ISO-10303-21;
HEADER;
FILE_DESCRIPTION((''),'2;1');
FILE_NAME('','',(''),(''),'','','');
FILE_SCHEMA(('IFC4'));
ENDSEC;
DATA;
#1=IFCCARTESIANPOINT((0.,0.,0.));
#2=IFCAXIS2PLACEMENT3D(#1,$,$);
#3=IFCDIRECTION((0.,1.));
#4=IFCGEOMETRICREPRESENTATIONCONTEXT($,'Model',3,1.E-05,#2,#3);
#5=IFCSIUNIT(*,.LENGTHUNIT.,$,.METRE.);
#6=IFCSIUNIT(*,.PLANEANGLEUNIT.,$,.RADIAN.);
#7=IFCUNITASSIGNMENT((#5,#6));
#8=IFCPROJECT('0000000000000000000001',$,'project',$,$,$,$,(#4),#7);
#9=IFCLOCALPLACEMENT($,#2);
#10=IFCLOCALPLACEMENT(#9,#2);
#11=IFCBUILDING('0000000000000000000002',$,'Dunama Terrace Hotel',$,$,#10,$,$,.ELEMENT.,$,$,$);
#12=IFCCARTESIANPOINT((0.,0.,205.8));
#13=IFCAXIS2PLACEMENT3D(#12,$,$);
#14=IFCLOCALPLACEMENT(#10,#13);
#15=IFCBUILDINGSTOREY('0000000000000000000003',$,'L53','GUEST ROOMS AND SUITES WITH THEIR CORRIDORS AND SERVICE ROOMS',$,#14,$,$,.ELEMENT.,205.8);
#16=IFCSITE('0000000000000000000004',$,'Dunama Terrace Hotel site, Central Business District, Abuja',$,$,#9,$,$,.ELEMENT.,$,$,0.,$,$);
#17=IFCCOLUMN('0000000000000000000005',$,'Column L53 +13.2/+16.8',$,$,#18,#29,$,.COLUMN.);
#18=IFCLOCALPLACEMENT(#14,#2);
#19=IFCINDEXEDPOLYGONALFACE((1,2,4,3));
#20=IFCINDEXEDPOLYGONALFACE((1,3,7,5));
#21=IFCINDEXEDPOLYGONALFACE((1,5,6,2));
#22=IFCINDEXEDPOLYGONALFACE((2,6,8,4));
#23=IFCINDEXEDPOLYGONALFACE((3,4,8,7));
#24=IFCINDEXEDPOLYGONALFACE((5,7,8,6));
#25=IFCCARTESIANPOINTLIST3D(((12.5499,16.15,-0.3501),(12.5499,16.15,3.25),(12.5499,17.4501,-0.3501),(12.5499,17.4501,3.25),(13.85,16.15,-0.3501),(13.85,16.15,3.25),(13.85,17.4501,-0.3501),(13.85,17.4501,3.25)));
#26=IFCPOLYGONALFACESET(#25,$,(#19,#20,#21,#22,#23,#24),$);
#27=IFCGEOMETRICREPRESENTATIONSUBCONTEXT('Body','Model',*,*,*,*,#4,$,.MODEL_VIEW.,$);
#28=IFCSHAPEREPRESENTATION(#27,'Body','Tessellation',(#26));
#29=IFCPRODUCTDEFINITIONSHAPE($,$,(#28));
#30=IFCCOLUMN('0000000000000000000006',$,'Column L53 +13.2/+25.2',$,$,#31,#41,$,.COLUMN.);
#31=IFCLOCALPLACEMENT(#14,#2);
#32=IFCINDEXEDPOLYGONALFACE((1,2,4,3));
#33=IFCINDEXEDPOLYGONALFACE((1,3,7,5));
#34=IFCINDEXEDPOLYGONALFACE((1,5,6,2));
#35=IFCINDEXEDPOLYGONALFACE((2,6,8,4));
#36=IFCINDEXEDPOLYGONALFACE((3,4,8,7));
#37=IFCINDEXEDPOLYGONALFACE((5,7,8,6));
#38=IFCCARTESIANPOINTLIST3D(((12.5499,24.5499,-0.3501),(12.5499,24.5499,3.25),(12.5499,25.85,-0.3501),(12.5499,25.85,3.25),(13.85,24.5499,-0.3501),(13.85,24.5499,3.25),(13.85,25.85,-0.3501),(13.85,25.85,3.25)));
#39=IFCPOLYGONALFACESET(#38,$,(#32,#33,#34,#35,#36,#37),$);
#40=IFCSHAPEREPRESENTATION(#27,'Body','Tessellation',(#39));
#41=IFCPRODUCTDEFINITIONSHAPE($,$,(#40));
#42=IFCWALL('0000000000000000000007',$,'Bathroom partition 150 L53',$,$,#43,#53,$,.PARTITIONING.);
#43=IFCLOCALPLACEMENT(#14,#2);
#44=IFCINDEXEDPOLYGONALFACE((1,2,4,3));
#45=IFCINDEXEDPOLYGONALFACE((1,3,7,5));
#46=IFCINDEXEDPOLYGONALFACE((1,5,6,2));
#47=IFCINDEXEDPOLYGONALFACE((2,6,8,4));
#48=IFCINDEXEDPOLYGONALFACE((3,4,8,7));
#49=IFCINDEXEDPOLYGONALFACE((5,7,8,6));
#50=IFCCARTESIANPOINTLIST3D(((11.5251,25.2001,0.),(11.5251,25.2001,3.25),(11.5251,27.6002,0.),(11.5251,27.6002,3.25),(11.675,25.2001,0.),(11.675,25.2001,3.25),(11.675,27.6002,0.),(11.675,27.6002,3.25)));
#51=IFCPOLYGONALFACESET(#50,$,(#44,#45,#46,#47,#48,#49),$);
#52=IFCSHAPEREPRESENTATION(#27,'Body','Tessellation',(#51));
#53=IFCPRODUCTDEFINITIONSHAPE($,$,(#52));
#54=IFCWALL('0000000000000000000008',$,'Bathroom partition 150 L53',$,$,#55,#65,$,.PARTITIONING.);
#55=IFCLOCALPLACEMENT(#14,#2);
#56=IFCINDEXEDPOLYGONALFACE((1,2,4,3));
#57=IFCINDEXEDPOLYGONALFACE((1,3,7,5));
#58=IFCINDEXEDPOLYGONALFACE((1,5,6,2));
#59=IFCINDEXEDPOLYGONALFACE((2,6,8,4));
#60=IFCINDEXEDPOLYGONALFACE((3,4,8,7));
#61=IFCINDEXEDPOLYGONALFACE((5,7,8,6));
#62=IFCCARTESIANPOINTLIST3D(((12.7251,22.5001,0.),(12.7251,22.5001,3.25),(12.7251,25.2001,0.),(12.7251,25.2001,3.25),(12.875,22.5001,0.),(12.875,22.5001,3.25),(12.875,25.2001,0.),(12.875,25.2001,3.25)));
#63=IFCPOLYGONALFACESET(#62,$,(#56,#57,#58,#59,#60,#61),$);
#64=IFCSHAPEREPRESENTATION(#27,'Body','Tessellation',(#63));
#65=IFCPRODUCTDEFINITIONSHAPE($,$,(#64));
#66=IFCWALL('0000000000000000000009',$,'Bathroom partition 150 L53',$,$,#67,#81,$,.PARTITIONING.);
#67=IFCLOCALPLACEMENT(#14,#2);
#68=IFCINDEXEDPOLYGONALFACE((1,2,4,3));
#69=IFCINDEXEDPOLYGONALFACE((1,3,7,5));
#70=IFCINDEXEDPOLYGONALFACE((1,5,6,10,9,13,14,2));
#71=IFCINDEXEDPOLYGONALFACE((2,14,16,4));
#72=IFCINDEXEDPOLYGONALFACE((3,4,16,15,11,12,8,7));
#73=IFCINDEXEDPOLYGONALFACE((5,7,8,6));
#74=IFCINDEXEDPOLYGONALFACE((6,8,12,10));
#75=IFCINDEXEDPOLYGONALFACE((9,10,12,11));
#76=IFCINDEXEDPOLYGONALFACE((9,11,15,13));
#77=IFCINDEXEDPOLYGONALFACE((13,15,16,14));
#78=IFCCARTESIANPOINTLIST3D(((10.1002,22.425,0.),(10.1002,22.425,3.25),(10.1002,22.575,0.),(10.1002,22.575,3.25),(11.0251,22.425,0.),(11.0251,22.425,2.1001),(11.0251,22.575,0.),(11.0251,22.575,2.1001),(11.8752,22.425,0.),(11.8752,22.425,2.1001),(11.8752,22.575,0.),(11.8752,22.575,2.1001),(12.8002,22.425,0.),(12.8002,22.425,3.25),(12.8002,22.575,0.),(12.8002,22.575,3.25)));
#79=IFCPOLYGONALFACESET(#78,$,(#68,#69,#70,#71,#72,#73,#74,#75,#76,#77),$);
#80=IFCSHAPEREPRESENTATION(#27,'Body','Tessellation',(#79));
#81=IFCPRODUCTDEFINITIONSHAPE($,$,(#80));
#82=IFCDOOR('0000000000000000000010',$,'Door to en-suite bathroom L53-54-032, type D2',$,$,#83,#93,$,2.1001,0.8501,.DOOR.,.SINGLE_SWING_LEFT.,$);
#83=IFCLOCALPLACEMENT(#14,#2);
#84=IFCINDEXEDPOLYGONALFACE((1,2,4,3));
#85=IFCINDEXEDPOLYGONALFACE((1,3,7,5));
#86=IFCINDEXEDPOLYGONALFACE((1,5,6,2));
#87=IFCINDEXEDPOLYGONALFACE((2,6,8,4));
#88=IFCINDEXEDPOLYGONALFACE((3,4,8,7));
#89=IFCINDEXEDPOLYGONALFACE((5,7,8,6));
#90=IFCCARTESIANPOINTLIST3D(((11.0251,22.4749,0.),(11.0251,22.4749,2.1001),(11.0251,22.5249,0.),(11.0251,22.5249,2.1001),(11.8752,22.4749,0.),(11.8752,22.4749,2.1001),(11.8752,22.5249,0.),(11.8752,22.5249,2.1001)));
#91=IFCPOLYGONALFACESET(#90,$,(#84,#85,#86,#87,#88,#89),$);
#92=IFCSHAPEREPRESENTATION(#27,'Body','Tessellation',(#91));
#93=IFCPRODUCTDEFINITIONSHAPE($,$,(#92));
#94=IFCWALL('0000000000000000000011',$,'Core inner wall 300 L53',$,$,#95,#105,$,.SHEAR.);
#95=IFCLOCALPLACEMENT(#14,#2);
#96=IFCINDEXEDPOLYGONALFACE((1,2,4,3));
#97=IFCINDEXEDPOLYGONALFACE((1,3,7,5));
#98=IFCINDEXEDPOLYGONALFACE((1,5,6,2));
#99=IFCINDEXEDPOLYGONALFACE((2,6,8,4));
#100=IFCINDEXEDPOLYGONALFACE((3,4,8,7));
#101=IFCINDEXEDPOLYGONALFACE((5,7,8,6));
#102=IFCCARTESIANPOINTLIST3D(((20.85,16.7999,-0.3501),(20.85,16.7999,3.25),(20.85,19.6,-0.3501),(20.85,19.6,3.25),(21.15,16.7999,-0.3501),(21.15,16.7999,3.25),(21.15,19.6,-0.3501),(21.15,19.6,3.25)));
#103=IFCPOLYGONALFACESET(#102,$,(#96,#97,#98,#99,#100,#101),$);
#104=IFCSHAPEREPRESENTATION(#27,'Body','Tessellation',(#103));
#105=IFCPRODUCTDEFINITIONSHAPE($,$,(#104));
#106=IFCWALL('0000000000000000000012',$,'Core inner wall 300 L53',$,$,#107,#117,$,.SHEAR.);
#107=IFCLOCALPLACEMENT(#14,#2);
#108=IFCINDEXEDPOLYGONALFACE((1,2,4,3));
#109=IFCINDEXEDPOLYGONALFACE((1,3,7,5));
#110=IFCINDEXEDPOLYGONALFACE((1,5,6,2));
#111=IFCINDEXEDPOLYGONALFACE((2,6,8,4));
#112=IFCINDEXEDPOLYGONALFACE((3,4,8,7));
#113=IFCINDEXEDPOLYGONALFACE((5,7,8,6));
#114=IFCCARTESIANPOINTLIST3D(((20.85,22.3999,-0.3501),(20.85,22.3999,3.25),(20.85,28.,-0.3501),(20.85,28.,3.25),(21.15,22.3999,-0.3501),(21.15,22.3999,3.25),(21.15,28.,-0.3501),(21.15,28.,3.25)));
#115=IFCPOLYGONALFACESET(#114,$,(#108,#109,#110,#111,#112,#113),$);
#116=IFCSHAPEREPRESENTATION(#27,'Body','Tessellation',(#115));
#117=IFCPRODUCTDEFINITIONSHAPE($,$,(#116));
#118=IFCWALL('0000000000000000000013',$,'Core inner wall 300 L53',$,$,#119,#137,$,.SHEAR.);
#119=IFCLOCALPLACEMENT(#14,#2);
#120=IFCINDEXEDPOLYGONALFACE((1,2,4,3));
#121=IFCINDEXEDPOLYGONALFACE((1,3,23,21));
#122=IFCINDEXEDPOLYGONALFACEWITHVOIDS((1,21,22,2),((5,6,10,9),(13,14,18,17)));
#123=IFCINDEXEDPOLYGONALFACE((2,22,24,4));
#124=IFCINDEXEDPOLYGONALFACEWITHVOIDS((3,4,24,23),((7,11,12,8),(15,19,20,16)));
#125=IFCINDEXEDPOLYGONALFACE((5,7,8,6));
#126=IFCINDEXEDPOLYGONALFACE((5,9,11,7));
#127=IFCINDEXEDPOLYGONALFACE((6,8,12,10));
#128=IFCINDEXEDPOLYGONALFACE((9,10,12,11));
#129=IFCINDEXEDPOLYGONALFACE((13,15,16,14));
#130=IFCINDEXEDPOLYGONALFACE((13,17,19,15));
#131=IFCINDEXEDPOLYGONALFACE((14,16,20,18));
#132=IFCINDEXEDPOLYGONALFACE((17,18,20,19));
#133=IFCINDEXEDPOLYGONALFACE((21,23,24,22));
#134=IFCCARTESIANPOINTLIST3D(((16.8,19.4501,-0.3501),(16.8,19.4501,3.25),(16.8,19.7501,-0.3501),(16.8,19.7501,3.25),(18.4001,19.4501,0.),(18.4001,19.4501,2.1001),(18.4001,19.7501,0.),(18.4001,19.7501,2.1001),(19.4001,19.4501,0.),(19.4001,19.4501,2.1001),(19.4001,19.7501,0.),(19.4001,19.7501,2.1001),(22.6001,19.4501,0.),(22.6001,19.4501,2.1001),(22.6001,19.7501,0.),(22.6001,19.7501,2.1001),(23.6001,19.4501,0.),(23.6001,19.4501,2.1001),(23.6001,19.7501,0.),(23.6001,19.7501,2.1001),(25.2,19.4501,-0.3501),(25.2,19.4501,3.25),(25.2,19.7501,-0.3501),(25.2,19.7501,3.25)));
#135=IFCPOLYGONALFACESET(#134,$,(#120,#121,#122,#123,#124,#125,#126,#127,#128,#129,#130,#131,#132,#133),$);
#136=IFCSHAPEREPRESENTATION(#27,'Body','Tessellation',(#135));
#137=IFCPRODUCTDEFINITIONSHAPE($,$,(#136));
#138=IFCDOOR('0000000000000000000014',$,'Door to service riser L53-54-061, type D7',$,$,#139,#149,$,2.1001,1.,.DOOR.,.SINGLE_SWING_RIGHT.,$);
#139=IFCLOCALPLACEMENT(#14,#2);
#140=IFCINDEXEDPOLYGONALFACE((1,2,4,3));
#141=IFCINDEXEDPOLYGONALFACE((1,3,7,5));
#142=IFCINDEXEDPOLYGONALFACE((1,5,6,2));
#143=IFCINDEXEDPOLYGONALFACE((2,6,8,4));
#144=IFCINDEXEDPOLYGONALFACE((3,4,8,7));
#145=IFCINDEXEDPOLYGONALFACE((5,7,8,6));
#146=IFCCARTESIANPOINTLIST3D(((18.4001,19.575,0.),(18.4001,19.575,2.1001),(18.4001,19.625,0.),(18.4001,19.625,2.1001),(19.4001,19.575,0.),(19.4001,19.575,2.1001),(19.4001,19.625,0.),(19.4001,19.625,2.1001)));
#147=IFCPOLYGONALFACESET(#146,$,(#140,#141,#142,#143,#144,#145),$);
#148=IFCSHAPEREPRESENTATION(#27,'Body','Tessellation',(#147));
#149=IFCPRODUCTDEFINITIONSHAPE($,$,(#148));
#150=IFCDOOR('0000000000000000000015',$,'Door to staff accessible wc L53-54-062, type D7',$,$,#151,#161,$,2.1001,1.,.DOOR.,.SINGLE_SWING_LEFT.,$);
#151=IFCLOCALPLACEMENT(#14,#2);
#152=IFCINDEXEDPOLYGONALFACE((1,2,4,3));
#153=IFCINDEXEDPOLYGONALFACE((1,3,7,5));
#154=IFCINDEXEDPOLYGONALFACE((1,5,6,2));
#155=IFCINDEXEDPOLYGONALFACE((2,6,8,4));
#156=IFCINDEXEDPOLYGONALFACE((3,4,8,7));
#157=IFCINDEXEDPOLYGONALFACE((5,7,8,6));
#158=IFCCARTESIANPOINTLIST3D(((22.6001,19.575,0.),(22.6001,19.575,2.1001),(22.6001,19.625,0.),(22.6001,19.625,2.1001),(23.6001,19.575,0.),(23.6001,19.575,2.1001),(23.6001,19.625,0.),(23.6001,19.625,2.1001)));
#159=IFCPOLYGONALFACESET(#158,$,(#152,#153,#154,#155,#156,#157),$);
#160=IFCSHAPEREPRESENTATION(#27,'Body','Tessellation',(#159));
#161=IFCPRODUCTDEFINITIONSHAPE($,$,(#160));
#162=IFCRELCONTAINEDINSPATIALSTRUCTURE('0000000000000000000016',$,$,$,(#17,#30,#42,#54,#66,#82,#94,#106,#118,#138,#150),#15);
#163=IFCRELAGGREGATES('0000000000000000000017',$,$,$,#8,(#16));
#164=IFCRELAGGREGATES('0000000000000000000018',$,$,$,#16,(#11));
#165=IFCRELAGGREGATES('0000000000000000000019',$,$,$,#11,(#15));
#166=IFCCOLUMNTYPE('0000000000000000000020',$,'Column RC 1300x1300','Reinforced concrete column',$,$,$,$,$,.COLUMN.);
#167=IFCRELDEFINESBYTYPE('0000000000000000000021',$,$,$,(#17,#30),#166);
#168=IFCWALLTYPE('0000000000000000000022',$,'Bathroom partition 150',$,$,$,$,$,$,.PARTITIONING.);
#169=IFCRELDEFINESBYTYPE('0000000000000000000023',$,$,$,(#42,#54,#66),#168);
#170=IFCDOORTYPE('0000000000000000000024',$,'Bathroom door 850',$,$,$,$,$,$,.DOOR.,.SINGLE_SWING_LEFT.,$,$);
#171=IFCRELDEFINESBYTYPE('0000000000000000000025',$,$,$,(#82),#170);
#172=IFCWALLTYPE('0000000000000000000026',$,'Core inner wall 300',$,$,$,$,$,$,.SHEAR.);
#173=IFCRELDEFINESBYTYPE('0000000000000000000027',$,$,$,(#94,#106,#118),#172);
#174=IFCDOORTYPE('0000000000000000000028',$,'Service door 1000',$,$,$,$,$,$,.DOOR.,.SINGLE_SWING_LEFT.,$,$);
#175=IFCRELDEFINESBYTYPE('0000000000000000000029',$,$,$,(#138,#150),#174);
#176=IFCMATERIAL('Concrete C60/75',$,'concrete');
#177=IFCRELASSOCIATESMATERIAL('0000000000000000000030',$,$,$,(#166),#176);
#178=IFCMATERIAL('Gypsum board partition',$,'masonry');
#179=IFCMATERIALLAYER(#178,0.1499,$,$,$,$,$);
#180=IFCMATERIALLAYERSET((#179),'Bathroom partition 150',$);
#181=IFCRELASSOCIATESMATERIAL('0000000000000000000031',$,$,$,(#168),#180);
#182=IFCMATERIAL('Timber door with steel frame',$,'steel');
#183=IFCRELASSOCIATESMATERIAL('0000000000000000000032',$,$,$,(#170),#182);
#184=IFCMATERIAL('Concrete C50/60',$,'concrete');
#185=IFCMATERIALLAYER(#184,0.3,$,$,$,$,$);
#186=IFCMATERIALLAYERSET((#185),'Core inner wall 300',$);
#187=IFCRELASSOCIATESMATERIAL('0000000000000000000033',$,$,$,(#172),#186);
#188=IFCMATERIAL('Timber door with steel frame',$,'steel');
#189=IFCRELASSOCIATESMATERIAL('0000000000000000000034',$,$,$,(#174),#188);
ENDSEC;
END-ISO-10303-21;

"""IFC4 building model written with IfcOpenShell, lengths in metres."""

from ifc_helpers import new_model, si_unit, direction, frame, frame_2d, origin, origin_2d, place, context, subcontext, project, spatial, rectangle, extrude, material, layer, layer_set, material_profile, profile_set, type_object, element, fill, save


model = new_model("IFC4")

# Units and contexts
model_context = context("Model", 3, precision=1e-05, world=origin(), true_north=direction((0.0, 1.0)))
body_context = subcontext(model_context, "Body", "Model", "MODEL_VIEW")
ifc_project = project(units=[si_unit("LENGTHUNIT", "METRE"), si_unit("PLANEANGLEUNIT", "RADIAN")], contexts=[model_context])

# Site, building, storey
site_placement = place(None, origin())
site = spatial("IfcSite", under=ifc_project, at=site_placement, Name="Dunama Terrace Hotel site, Central Business District, Abuja", CompositionType="ELEMENT", RefElevation=0.0)
building_placement = place(site_placement, origin())
building = spatial("IfcBuilding", under=site, at=building_placement, Name="Dunama Terrace Hotel", CompositionType="ELEMENT")
storey_placement = place(building_placement, frame((0.0, 0.0, 205.8)))
storey = spatial("IfcBuildingStorey", under=building, at=storey_placement, Name="L53", Description="GUEST ROOMS AND SUITES WITH THEIR CORRIDORS AND SERVICE ROOMS", CompositionType="ELEMENT", Elevation=205.8)

# Columns
ifc_material_1 = material(Name="Concrete C60/75", Category="concrete")
ifc_material_profile = material_profile(ifc_material_1, rectangle(XDim=1.3, YDim=1.3, at=origin_2d()), Name="RC 1300x1300")
ifc_profile_set = profile_set([ifc_material_profile], Name="Concrete C60/75")
column_type = type_object("IfcColumnType", Name="Column RC 1300x1300", Description="Reinforced concrete column", PredefinedType="COLUMN", material=ifc_profile_set)
for number, where, z_axis, x_axis, name in (
    (1, (13.2, 16.8, -0.3501), (0.0, 0.0, 1.0), (1.0, 0.0, 0.0), "Column L53 +13.2/+16.8"),
    (2, (13.2, 25.2, -0.3501), (0.0, 0.0, 1.0), (1.0, 0.0, 0.0), "Column L53 +13.2/+25.2"),
):
    element("IfcColumn", number, at=place(storey_placement, frame(where, z_axis=z_axis, x_axis=x_axis)), inside=storey, type_object=column_type, Name=name, PredefinedType="COLUMN", context=body_context, shape_type="SweptSolid", body=[
        extrude(rectangle(XDim=1.3, YDim=1.3, at=origin_2d()), origin(), (0.0, 0.0, 1.0), 3.6001),
    ])

# Walls
ifc_material_2 = material(Name="Gypsum board partition", Category="masonry")
ifc_layer_1 = layer(ifc_material_2, 0.1499)
ifc_layer_set_1 = layer_set([ifc_layer_1], Name="Bathroom partition 150")
wall_type_1 = type_object("IfcWallType", Name="Bathroom partition 150", PredefinedType="PARTITIONING", material=ifc_layer_set_1)
wall_1_placement = place(storey_placement, frame((11.6001, 25.2, 0.0), z_axis=(0.0, 0.0, 1.0), x_axis=(0.0, 1.0, 0.0)))
element("IfcWall", 3, at=wall_1_placement, inside=storey, type_object=wall_type_1, Name="Bathroom partition 150 L53", PredefinedType="PARTITIONING", context=body_context, shape_type="SweptSolid", body=[
    extrude(rectangle(XDim=2.4001, YDim=0.1499, at=frame_2d((1.2002, 0.0))), origin(), (0.0, 0.0, 1.0), 3.25),
])
wall_2_placement = place(storey_placement, frame((12.8, 22.5, 0.0), z_axis=(0.0, 0.0, 1.0), x_axis=(0.0, 1.0, 0.0)))
element("IfcWall", 4, at=wall_2_placement, inside=storey, type_object=wall_type_1, Name="Bathroom partition 150 L53", PredefinedType="PARTITIONING", context=body_context, shape_type="SweptSolid", body=[
    extrude(rectangle(XDim=2.7, YDim=0.1499, at=frame_2d((1.3501, 0.0))), origin(), (0.0, 0.0, 1.0), 3.25),
])

# Wall, opening, door
wall_3_placement = place(storey_placement, frame((10.1001, 22.5, 0.0), z_axis=(0.0, 0.0, 1.0), x_axis=(1.0, 0.0, 0.0)))
wall_3 = element("IfcWall", 5, at=wall_3_placement, inside=storey, type_object=wall_type_1, Name="Bathroom partition 150 L53", PredefinedType="PARTITIONING", context=body_context, shape_type="SweptSolid", body=[
    extrude(rectangle(XDim=2.7, YDim=0.1499, at=frame_2d((1.3501, 0.0))), origin(), (0.0, 0.0, 1.0), 3.25),
])
opening_1_placement = place(wall_3_placement, frame((0.925, 0.0, 0.0)))
opening_1 = element("IfcOpeningElement", 6, at=opening_1_placement, cuts=wall_3, PredefinedType="OPENING", context=body_context, shape_type="SweptSolid", body=[
    extrude(rectangle(XDim=0.8501, YDim=2.1001, at=frame_2d((0.425, 1.05))), frame((0.0, 0.085, 0.0), z_axis=(0.0, -1.0, 0.0), x_axis=(1.0, 0.0, 0.0)), (0.0, 0.0, 1.0), 0.1699),
])
ifc_material_3 = material(Name="Timber door with steel frame", Category="steel")
door_type_1 = type_object("IfcDoorType", Name="Bathroom door 850", OperationType="SINGLE_SWING_LEFT", PredefinedType="DOOR", material=ifc_material_3)
door_1_placement = place(opening_1_placement, origin())
door_1 = element("IfcDoor", 7, at=door_1_placement, inside=storey, type_object=door_type_1, Name="Door to en-suite bathroom L53-54-032, type D2", OperationType="SINGLE_SWING_LEFT", OverallHeight=2.1001, OverallWidth=0.8501, PredefinedType="DOOR", context=body_context, shape_type="SweptSolid", body=[
    extrude(rectangle(XDim=0.8501, YDim=2.1001, at=frame_2d((0.425, 1.05))), frame((0.0, 0.0249, 0.0), z_axis=(0.0, -1.0, 0.0), x_axis=(1.0, 0.0, 0.0)), (0.0, 0.0, 1.0), 0.05),
])
fill(opening_1, door_1)

# Walls
ifc_material_4 = material(Name="Concrete C50/60", Category="concrete")
ifc_layer_2 = layer(ifc_material_4, 0.3)
ifc_layer_set_2 = layer_set([ifc_layer_2], Name="Core inner wall 300")
wall_type_2 = type_object("IfcWallType", Name="Core inner wall 300", PredefinedType="SHEAR", material=ifc_layer_set_2)
wall_4_placement = place(storey_placement, frame((21.0, 16.8, -0.3501), z_axis=(0.0, 0.0, 1.0), x_axis=(0.0, 1.0, 0.0)))
element("IfcWall", 8, at=wall_4_placement, inside=storey, type_object=wall_type_2, Name="Core inner wall 300 L53", PredefinedType="SHEAR", context=body_context, shape_type="SweptSolid", body=[
    extrude(rectangle(XDim=2.8, YDim=0.3, at=frame_2d((1.3999, 0.0))), origin(), (0.0, 0.0, 1.0), 3.6001),
])
wall_5_placement = place(storey_placement, frame((21.0, 22.3999, -0.3501), z_axis=(0.0, 0.0, 1.0), x_axis=(0.0, 1.0, 0.0)))
element("IfcWall", 9, at=wall_5_placement, inside=storey, type_object=wall_type_2, Name="Core inner wall 300 L53", PredefinedType="SHEAR", context=body_context, shape_type="SweptSolid", body=[
    extrude(rectangle(XDim=5.6001, YDim=0.3, at=frame_2d((2.8, 0.0))), origin(), (0.0, 0.0, 1.0), 3.6001),
])

# Wall, openings, doors
wall_6_placement = place(storey_placement, frame((16.8, 19.6001, -0.3501), z_axis=(0.0, 0.0, 1.0), x_axis=(1.0, 0.0, 0.0)))
wall_6 = element("IfcWall", 10, at=wall_6_placement, inside=storey, type_object=wall_type_2, Name="Core inner wall 300 L53", PredefinedType="SHEAR", context=body_context, shape_type="SweptSolid", body=[
    extrude(rectangle(XDim=8.3999, YDim=0.3, at=frame_2d((4.2, 0.0))), origin(), (0.0, 0.0, 1.0), 3.6001),
])
opening_2_placement = place(wall_6_placement, frame((1.6001, 0.0, 0.3501)))
opening_2 = element("IfcOpeningElement", 11, at=opening_2_placement, cuts=wall_6, PredefinedType="OPENING", context=body_context, shape_type="SweptSolid", body=[
    extrude(rectangle(XDim=1.0, YDim=2.1001, at=frame_2d((0.5, 1.05))), frame((0.0, 0.1599, 0.0), z_axis=(0.0, -1.0, 0.0), x_axis=(1.0, 0.0, 0.0)), (0.0, 0.0, 1.0), 0.3201),
])
opening_3_placement = place(wall_6_placement, frame((5.8, 0.0, 0.3501)))
opening_3 = element("IfcOpeningElement", 12, at=opening_3_placement, cuts=wall_6, PredefinedType="OPENING", context=body_context, shape_type="SweptSolid", body=[
    extrude(rectangle(XDim=1.0, YDim=2.1001, at=frame_2d((0.5, 1.05))), frame((0.0, 0.1599, 0.0), z_axis=(0.0, -1.0, 0.0), x_axis=(1.0, 0.0, 0.0)), (0.0, 0.0, 1.0), 0.3201),
])
ifc_material_5 = material(Name="Timber door with steel frame", Category="steel")
door_type_2 = type_object("IfcDoorType", Name="Service door 1000", OperationType="SINGLE_SWING_LEFT", PredefinedType="DOOR", material=ifc_material_5)
door_2_placement = place(opening_2_placement, frame((1.0, 0.0, 0.0), z_axis=(0.0, 0.0, 1.0), x_axis=(-1.0, 0.0, 0.0)))
door_2 = element("IfcDoor", 13, at=door_2_placement, inside=storey, type_object=door_type_2, Name="Door to service riser L53-54-061, type D7", OperationType="SINGLE_SWING_RIGHT", OverallHeight=2.1001, OverallWidth=1.0, PredefinedType="DOOR", context=body_context, shape_type="SweptSolid", body=[
    extrude(rectangle(XDim=1.0, YDim=2.1001, at=frame_2d((0.5, 1.05))), frame((0.0, 0.0251, 0.0), z_axis=(0.0, -1.0, 0.0), x_axis=(1.0, 0.0, 0.0)), (0.0, 0.0, 1.0), 0.05),
])
fill(opening_2, door_2)
door_3_placement = place(opening_3_placement, frame((1.0, 0.0, 0.0), z_axis=(0.0, 0.0, 1.0), x_axis=(-1.0, 0.0, 0.0)))
door_3 = element("IfcDoor", 14, at=door_3_placement, inside=storey, type_object=door_type_2, Name="Door to staff accessible wc L53-54-062, type D7", OperationType="SINGLE_SWING_LEFT", OverallHeight=2.1001, OverallWidth=1.0, PredefinedType="DOOR", context=body_context, shape_type="SweptSolid", body=[
    extrude(rectangle(XDim=1.0, YDim=2.1001, at=frame_2d((0.5, 1.05))), frame((0.0, 0.0251, 0.0), z_axis=(0.0, -1.0, 0.0), x_axis=(1.0, 0.0, 0.0)), (0.0, 0.0, 1.0), 0.05),
])
fill(opening_3, door_3)

save(model, "model.ifc")
